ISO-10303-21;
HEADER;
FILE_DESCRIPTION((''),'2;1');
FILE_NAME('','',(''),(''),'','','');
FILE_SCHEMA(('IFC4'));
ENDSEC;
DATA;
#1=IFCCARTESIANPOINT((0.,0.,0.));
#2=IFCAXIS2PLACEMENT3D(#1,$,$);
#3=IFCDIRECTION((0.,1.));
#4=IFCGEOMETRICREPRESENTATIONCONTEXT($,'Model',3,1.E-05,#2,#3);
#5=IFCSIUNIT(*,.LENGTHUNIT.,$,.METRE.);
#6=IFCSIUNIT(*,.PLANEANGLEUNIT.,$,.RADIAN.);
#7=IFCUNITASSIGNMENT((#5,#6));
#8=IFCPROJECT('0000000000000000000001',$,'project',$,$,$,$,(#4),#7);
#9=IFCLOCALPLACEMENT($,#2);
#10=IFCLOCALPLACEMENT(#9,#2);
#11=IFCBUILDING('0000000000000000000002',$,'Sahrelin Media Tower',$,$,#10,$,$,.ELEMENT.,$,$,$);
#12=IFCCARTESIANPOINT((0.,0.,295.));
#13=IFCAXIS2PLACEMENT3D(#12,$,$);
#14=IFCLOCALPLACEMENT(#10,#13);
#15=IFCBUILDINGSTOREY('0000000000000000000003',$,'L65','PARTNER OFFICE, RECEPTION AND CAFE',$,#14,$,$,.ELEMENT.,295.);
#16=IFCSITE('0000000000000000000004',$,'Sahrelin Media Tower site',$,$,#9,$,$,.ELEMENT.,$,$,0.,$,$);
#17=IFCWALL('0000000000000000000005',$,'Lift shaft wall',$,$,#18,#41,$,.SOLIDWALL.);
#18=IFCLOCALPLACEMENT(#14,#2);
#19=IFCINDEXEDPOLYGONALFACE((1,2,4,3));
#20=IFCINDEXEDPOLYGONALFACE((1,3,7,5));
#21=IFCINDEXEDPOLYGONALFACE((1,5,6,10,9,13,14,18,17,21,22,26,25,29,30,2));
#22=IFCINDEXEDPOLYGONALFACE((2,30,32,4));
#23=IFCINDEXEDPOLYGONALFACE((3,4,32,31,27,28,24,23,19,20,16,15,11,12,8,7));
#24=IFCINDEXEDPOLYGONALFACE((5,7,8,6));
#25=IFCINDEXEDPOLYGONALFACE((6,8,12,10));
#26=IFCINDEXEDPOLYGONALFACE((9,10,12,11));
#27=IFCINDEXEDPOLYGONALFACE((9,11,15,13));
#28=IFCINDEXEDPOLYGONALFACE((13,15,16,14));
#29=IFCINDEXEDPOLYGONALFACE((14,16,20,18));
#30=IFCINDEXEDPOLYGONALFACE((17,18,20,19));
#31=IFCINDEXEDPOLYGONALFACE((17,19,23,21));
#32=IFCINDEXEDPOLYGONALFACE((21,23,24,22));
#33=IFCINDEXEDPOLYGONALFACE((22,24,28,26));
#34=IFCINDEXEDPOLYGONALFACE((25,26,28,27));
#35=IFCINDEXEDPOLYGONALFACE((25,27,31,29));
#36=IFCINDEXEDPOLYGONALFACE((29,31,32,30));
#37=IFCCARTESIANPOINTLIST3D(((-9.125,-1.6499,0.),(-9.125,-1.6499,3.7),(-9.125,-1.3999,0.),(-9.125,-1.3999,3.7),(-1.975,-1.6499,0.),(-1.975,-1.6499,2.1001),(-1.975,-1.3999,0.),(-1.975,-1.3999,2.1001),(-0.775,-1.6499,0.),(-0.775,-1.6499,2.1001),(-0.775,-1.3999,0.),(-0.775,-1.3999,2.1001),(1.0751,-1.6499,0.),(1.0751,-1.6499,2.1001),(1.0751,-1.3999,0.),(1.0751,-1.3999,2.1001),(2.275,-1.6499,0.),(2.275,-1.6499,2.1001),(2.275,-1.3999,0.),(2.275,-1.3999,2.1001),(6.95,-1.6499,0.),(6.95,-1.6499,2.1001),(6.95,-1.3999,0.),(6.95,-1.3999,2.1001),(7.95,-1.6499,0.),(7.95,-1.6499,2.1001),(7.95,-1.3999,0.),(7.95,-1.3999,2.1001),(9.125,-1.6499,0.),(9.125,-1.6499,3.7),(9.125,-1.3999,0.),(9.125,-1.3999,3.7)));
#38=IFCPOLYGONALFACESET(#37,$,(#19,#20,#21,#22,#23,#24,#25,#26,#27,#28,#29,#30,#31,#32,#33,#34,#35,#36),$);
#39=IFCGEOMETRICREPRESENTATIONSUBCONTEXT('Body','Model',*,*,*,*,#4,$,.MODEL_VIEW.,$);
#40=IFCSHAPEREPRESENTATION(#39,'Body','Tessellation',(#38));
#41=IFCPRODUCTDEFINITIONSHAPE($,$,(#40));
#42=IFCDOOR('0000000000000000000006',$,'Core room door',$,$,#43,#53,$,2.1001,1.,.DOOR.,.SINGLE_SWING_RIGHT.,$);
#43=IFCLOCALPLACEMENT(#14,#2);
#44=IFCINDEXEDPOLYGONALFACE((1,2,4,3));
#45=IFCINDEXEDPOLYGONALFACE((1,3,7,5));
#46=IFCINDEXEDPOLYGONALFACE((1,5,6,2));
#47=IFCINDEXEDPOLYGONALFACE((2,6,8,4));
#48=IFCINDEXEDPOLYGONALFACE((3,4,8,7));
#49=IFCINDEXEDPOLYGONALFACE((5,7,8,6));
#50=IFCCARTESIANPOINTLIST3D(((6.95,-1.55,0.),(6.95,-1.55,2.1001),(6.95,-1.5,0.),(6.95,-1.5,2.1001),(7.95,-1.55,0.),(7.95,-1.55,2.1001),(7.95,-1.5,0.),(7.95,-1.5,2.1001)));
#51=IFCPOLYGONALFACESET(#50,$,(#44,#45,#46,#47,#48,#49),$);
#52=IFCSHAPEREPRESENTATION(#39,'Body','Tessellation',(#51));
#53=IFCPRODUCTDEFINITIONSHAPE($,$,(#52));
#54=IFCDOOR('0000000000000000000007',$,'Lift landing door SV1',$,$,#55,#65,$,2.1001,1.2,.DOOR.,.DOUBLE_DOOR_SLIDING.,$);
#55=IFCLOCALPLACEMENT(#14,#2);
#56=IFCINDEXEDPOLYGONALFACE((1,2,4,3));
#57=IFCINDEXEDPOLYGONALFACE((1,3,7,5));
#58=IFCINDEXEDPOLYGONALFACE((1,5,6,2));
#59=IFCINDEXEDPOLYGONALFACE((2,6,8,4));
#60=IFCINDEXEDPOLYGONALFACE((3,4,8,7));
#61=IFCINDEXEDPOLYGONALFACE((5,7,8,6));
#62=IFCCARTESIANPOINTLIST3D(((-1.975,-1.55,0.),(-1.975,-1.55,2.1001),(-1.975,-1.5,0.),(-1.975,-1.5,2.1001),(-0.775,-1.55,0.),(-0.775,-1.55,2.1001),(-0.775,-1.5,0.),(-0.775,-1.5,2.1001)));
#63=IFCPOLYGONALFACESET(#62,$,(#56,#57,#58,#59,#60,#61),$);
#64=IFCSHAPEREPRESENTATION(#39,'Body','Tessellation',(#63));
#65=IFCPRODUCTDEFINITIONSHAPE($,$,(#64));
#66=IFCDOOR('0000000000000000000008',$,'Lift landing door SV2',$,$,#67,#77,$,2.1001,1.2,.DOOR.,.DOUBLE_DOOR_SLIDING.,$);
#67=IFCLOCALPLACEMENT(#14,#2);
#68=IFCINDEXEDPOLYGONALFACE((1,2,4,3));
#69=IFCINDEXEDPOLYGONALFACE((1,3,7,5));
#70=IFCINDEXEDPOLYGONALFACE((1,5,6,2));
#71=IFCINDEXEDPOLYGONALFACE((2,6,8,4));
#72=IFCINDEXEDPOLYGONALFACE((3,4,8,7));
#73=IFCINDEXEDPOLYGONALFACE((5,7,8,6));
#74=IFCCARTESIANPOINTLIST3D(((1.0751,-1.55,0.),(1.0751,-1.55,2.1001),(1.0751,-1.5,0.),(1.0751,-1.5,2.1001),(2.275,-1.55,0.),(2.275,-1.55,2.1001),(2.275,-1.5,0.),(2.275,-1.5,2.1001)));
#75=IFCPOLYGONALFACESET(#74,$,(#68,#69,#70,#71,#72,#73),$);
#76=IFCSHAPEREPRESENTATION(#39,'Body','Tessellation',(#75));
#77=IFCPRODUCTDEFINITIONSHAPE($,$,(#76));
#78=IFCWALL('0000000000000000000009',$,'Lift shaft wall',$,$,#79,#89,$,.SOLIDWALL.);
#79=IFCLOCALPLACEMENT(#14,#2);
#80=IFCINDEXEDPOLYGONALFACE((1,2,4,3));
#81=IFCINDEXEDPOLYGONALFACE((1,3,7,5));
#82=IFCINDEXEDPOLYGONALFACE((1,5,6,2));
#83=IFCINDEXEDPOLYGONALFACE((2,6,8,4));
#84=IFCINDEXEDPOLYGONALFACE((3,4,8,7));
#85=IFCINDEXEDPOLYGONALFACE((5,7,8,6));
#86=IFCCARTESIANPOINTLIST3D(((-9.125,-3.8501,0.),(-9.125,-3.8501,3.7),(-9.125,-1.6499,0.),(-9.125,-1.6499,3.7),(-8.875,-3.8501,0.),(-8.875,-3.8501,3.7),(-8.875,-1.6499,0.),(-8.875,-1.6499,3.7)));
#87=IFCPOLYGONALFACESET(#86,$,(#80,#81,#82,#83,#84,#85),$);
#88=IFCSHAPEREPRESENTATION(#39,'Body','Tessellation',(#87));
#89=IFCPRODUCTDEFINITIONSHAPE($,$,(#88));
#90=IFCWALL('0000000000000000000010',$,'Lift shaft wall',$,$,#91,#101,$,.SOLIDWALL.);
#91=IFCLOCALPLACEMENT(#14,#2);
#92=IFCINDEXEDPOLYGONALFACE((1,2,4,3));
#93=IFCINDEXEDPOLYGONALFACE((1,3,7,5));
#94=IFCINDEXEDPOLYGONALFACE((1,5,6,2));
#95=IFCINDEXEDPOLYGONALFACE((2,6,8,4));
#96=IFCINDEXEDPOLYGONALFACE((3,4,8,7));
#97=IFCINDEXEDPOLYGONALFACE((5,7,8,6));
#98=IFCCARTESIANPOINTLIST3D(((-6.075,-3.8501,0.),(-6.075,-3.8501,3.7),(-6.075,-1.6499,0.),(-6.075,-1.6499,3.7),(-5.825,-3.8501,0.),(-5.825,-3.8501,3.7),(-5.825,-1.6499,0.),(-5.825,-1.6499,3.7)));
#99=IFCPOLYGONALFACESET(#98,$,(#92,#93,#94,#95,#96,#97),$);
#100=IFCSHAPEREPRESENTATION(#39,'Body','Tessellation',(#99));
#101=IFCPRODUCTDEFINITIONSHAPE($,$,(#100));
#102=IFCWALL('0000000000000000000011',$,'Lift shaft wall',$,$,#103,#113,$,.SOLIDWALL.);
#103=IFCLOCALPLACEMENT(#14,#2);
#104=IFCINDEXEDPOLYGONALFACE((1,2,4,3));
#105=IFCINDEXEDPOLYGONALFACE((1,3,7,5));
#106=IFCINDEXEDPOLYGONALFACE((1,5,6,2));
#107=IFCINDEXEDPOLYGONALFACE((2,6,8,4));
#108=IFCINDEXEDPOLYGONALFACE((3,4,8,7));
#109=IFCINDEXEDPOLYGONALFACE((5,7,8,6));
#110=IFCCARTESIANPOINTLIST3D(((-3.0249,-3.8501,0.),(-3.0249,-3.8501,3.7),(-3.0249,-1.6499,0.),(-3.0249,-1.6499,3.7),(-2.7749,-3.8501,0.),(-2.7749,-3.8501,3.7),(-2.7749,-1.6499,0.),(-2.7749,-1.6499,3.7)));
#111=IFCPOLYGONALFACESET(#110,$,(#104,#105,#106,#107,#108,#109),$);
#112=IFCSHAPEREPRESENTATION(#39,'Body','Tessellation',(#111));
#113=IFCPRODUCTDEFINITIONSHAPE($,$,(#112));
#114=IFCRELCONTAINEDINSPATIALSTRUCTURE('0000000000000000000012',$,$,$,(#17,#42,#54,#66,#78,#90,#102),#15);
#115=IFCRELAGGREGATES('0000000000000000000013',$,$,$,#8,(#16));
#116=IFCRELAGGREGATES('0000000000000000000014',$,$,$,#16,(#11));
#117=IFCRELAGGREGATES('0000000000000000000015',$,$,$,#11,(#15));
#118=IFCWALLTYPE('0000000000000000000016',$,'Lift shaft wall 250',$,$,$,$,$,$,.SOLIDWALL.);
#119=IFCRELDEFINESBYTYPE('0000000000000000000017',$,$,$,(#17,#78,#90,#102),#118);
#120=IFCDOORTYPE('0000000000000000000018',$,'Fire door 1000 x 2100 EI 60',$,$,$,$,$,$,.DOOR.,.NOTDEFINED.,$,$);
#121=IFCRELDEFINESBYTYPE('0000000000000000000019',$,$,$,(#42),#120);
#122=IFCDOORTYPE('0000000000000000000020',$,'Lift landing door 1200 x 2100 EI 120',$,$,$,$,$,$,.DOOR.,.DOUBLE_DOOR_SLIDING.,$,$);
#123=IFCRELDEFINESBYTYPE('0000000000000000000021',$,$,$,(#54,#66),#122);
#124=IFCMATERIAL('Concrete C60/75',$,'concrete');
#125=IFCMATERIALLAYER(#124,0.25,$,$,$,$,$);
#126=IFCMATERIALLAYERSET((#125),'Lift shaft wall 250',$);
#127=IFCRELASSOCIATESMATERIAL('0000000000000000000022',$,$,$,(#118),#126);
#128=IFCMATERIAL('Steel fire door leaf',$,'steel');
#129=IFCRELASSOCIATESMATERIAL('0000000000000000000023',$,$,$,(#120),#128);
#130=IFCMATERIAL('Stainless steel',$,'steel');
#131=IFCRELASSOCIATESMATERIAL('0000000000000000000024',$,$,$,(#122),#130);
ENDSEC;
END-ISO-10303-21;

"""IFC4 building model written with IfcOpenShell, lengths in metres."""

from ifc_helpers import new_model, si_unit, direction, frame, frame_2d, origin, place, context, subcontext, project, spatial, rectangle, extrude, material, layer, layer_set, type_object, element, fill, save


model = new_model("IFC4")

# Units and contexts
model_context = context("Model", 3, precision=1e-05, world=origin(), true_north=direction((0.0, 1.0)))
body_context = subcontext(model_context, "Body", "Model", "MODEL_VIEW")
ifc_project = project(units=[si_unit("LENGTHUNIT", "METRE"), si_unit("PLANEANGLEUNIT", "RADIAN")], contexts=[model_context])

# Site, building, storey
site_placement = place(None, origin())
site = spatial("IfcSite", under=ifc_project, at=site_placement, Name="Sahrelin Media Tower site", CompositionType="ELEMENT", RefElevation=0.0)
building_placement = place(site_placement, origin())
building = spatial("IfcBuilding", under=site, at=building_placement, Name="Sahrelin Media Tower", CompositionType="ELEMENT")
storey_placement = place(building_placement, frame((0.0, 0.0, 295.0)))
storey = spatial("IfcBuildingStorey", under=building, at=storey_placement, Name="L65", Description="PARTNER OFFICE, RECEPTION AND CAFE", CompositionType="ELEMENT", Elevation=295.0)

# Shared definitions
ifc_material_1 = material(Name="Steel fire door leaf", Category="steel")

# Wall, openings, doors
ifc_material_2 = material(Name="Concrete C60/75", Category="concrete")
ifc_layer_1 = layer(ifc_material_2, 0.25)
ifc_layer_set_1 = layer_set([ifc_layer_1], Name="Lift shaft wall 250")
wall_type_1 = type_object("IfcWallType", Name="Lift shaft wall 250", PredefinedType="SOLIDWALL", material=ifc_layer_set_1)
wall_1_placement = place(storey_placement, frame((-9.125, -1.5249, 0.0), z_axis=(0.0, 0.0, 1.0), x_axis=(1.0, 0.0, 0.0)))
wall_1 = element("IfcWall", 1, at=wall_1_placement, inside=storey, type_object=wall_type_1, Name="Lift shaft wall", PredefinedType="SOLIDWALL", context=body_context, shape_type="SweptSolid", body=[
    extrude(rectangle(XDim=18.25, YDim=0.25, at=frame_2d((9.125, 0.0))), origin(), (0.0, 0.0, 1.0), 3.7),
])
opening_1_placement = place(wall_1_placement, frame((7.1499, 0.0, 0.0)))
opening_1 = element("IfcOpeningElement", 2, at=opening_1_placement, cuts=wall_1, PredefinedType="OPENING", context=body_context, shape_type="SweptSolid", body=[
    extrude(rectangle(XDim=1.2, YDim=2.1001, at=frame_2d((0.6001, 1.05))), frame((0.0, 0.125, 0.0), z_axis=(0.0, -1.0, 0.0), x_axis=(1.0, 0.0, 0.0)), (0.0, 0.0, 1.0), 0.25),
])
opening_2_placement = place(wall_1_placement, frame((10.2, 0.0, 0.0)))
opening_2 = element("IfcOpeningElement", 3, at=opening_2_placement, cuts=wall_1, PredefinedType="OPENING", context=body_context, shape_type="SweptSolid", body=[
    extrude(rectangle(XDim=1.2, YDim=2.1001, at=frame_2d((0.6001, 1.05))), frame((0.0, 0.125, 0.0), z_axis=(0.0, -1.0, 0.0), x_axis=(1.0, 0.0, 0.0)), (0.0, 0.0, 1.0), 0.25),
])
opening_3_placement = place(wall_1_placement, frame((16.075, 0.0, 0.0)))
opening_3 = element("IfcOpeningElement", 4, at=opening_3_placement, cuts=wall_1, PredefinedType="OPENING", context=body_context, shape_type="SweptSolid", body=[
    extrude(rectangle(XDim=1.0, YDim=2.1001, at=frame_2d((0.5, 1.05))), frame((0.0, 0.125, 0.0), z_axis=(0.0, -1.0, 0.0), x_axis=(1.0, 0.0, 0.0)), (0.0, 0.0, 1.0), 0.25),
])
door_type_1 = type_object("IfcDoorType", Name="Fire door 1000 x 2100 EI 60", OperationType="NOTDEFINED", PredefinedType="DOOR", material=ifc_material_1)
door_1_placement = place(opening_3_placement, origin())
door_1 = element("IfcDoor", 5, at=door_1_placement, inside=storey, type_object=door_type_1, Name="Core room door", OperationType="SINGLE_SWING_RIGHT", OverallHeight=2.1001, OverallWidth=1.0, PredefinedType="DOOR", context=body_context, shape_type="SweptSolid", body=[
    extrude(rectangle(XDim=1.0, YDim=2.1001, at=frame_2d((0.5, 1.05))), frame((0.0, 0.0249, 0.0), z_axis=(0.0, -1.0, 0.0), x_axis=(1.0, 0.0, 0.0)), (0.0, 0.0, 1.0), 0.05),
])
fill(opening_3, door_1)
ifc_material_3 = material(Name="Stainless steel", Category="steel")
door_type_2 = type_object("IfcDoorType", Name="Lift landing door 1200 x 2100 EI 120", OperationType="DOUBLE_DOOR_SLIDING", PredefinedType="DOOR", material=ifc_material_3)
door_2_placement = place(opening_1_placement, origin())
door_2 = element("IfcDoor", 6, at=door_2_placement, inside=storey, type_object=door_type_2, Name="Lift landing door SV1", OperationType="DOUBLE_DOOR_SLIDING", OverallHeight=2.1001, OverallWidth=1.2, PredefinedType="DOOR", context=body_context, shape_type="SweptSolid", body=[
    extrude(rectangle(XDim=1.2, YDim=2.1001, at=frame_2d((0.6001, 1.05))), frame((0.0, 0.0249, 0.0), z_axis=(0.0, -1.0, 0.0), x_axis=(1.0, 0.0, 0.0)), (0.0, 0.0, 1.0), 0.05),
])
fill(opening_1, door_2)
door_3_placement = place(opening_2_placement, origin())
door_3 = element("IfcDoor", 7, at=door_3_placement, inside=storey, type_object=door_type_2, Name="Lift landing door SV2", OperationType="DOUBLE_DOOR_SLIDING", OverallHeight=2.1001, OverallWidth=1.2, PredefinedType="DOOR", context=body_context, shape_type="SweptSolid", body=[
    extrude(rectangle(XDim=1.2, YDim=2.1001, at=frame_2d((0.6001, 1.05))), frame((0.0, 0.0249, 0.0), z_axis=(0.0, -1.0, 0.0), x_axis=(1.0, 0.0, 0.0)), (0.0, 0.0, 1.0), 0.05),
])
fill(opening_2, door_3)

# Walls
for number, where, z_axis, x_axis, name in (
    (8, (-9.0, -3.8501, 0.0), (0.0, 0.0, 1.0), (0.0, 1.0, 0.0), "Lift shaft wall"),
    (9, (-5.95, -3.8501, 0.0), (0.0, 0.0, 1.0), (0.0, 1.0, 0.0), "Lift shaft wall"),
    (10, (-2.8999, -3.8501, 0.0), (0.0, 0.0, 1.0), (0.0, 1.0, 0.0), "Lift shaft wall"),
):
    element("IfcWall", number, at=place(storey_placement, frame(where, z_axis=z_axis, x_axis=x_axis)), inside=storey, type_object=wall_type_1, Name=name, PredefinedType="SOLIDWALL", context=body_context, shape_type="SweptSolid", body=[
        extrude(rectangle(XDim=2.2002, YDim=0.25, at=frame_2d((1.1001, 0.0))), origin(), (0.0, 0.0, 1.0), 3.7),
    ])

save(model, "model.ifc")
